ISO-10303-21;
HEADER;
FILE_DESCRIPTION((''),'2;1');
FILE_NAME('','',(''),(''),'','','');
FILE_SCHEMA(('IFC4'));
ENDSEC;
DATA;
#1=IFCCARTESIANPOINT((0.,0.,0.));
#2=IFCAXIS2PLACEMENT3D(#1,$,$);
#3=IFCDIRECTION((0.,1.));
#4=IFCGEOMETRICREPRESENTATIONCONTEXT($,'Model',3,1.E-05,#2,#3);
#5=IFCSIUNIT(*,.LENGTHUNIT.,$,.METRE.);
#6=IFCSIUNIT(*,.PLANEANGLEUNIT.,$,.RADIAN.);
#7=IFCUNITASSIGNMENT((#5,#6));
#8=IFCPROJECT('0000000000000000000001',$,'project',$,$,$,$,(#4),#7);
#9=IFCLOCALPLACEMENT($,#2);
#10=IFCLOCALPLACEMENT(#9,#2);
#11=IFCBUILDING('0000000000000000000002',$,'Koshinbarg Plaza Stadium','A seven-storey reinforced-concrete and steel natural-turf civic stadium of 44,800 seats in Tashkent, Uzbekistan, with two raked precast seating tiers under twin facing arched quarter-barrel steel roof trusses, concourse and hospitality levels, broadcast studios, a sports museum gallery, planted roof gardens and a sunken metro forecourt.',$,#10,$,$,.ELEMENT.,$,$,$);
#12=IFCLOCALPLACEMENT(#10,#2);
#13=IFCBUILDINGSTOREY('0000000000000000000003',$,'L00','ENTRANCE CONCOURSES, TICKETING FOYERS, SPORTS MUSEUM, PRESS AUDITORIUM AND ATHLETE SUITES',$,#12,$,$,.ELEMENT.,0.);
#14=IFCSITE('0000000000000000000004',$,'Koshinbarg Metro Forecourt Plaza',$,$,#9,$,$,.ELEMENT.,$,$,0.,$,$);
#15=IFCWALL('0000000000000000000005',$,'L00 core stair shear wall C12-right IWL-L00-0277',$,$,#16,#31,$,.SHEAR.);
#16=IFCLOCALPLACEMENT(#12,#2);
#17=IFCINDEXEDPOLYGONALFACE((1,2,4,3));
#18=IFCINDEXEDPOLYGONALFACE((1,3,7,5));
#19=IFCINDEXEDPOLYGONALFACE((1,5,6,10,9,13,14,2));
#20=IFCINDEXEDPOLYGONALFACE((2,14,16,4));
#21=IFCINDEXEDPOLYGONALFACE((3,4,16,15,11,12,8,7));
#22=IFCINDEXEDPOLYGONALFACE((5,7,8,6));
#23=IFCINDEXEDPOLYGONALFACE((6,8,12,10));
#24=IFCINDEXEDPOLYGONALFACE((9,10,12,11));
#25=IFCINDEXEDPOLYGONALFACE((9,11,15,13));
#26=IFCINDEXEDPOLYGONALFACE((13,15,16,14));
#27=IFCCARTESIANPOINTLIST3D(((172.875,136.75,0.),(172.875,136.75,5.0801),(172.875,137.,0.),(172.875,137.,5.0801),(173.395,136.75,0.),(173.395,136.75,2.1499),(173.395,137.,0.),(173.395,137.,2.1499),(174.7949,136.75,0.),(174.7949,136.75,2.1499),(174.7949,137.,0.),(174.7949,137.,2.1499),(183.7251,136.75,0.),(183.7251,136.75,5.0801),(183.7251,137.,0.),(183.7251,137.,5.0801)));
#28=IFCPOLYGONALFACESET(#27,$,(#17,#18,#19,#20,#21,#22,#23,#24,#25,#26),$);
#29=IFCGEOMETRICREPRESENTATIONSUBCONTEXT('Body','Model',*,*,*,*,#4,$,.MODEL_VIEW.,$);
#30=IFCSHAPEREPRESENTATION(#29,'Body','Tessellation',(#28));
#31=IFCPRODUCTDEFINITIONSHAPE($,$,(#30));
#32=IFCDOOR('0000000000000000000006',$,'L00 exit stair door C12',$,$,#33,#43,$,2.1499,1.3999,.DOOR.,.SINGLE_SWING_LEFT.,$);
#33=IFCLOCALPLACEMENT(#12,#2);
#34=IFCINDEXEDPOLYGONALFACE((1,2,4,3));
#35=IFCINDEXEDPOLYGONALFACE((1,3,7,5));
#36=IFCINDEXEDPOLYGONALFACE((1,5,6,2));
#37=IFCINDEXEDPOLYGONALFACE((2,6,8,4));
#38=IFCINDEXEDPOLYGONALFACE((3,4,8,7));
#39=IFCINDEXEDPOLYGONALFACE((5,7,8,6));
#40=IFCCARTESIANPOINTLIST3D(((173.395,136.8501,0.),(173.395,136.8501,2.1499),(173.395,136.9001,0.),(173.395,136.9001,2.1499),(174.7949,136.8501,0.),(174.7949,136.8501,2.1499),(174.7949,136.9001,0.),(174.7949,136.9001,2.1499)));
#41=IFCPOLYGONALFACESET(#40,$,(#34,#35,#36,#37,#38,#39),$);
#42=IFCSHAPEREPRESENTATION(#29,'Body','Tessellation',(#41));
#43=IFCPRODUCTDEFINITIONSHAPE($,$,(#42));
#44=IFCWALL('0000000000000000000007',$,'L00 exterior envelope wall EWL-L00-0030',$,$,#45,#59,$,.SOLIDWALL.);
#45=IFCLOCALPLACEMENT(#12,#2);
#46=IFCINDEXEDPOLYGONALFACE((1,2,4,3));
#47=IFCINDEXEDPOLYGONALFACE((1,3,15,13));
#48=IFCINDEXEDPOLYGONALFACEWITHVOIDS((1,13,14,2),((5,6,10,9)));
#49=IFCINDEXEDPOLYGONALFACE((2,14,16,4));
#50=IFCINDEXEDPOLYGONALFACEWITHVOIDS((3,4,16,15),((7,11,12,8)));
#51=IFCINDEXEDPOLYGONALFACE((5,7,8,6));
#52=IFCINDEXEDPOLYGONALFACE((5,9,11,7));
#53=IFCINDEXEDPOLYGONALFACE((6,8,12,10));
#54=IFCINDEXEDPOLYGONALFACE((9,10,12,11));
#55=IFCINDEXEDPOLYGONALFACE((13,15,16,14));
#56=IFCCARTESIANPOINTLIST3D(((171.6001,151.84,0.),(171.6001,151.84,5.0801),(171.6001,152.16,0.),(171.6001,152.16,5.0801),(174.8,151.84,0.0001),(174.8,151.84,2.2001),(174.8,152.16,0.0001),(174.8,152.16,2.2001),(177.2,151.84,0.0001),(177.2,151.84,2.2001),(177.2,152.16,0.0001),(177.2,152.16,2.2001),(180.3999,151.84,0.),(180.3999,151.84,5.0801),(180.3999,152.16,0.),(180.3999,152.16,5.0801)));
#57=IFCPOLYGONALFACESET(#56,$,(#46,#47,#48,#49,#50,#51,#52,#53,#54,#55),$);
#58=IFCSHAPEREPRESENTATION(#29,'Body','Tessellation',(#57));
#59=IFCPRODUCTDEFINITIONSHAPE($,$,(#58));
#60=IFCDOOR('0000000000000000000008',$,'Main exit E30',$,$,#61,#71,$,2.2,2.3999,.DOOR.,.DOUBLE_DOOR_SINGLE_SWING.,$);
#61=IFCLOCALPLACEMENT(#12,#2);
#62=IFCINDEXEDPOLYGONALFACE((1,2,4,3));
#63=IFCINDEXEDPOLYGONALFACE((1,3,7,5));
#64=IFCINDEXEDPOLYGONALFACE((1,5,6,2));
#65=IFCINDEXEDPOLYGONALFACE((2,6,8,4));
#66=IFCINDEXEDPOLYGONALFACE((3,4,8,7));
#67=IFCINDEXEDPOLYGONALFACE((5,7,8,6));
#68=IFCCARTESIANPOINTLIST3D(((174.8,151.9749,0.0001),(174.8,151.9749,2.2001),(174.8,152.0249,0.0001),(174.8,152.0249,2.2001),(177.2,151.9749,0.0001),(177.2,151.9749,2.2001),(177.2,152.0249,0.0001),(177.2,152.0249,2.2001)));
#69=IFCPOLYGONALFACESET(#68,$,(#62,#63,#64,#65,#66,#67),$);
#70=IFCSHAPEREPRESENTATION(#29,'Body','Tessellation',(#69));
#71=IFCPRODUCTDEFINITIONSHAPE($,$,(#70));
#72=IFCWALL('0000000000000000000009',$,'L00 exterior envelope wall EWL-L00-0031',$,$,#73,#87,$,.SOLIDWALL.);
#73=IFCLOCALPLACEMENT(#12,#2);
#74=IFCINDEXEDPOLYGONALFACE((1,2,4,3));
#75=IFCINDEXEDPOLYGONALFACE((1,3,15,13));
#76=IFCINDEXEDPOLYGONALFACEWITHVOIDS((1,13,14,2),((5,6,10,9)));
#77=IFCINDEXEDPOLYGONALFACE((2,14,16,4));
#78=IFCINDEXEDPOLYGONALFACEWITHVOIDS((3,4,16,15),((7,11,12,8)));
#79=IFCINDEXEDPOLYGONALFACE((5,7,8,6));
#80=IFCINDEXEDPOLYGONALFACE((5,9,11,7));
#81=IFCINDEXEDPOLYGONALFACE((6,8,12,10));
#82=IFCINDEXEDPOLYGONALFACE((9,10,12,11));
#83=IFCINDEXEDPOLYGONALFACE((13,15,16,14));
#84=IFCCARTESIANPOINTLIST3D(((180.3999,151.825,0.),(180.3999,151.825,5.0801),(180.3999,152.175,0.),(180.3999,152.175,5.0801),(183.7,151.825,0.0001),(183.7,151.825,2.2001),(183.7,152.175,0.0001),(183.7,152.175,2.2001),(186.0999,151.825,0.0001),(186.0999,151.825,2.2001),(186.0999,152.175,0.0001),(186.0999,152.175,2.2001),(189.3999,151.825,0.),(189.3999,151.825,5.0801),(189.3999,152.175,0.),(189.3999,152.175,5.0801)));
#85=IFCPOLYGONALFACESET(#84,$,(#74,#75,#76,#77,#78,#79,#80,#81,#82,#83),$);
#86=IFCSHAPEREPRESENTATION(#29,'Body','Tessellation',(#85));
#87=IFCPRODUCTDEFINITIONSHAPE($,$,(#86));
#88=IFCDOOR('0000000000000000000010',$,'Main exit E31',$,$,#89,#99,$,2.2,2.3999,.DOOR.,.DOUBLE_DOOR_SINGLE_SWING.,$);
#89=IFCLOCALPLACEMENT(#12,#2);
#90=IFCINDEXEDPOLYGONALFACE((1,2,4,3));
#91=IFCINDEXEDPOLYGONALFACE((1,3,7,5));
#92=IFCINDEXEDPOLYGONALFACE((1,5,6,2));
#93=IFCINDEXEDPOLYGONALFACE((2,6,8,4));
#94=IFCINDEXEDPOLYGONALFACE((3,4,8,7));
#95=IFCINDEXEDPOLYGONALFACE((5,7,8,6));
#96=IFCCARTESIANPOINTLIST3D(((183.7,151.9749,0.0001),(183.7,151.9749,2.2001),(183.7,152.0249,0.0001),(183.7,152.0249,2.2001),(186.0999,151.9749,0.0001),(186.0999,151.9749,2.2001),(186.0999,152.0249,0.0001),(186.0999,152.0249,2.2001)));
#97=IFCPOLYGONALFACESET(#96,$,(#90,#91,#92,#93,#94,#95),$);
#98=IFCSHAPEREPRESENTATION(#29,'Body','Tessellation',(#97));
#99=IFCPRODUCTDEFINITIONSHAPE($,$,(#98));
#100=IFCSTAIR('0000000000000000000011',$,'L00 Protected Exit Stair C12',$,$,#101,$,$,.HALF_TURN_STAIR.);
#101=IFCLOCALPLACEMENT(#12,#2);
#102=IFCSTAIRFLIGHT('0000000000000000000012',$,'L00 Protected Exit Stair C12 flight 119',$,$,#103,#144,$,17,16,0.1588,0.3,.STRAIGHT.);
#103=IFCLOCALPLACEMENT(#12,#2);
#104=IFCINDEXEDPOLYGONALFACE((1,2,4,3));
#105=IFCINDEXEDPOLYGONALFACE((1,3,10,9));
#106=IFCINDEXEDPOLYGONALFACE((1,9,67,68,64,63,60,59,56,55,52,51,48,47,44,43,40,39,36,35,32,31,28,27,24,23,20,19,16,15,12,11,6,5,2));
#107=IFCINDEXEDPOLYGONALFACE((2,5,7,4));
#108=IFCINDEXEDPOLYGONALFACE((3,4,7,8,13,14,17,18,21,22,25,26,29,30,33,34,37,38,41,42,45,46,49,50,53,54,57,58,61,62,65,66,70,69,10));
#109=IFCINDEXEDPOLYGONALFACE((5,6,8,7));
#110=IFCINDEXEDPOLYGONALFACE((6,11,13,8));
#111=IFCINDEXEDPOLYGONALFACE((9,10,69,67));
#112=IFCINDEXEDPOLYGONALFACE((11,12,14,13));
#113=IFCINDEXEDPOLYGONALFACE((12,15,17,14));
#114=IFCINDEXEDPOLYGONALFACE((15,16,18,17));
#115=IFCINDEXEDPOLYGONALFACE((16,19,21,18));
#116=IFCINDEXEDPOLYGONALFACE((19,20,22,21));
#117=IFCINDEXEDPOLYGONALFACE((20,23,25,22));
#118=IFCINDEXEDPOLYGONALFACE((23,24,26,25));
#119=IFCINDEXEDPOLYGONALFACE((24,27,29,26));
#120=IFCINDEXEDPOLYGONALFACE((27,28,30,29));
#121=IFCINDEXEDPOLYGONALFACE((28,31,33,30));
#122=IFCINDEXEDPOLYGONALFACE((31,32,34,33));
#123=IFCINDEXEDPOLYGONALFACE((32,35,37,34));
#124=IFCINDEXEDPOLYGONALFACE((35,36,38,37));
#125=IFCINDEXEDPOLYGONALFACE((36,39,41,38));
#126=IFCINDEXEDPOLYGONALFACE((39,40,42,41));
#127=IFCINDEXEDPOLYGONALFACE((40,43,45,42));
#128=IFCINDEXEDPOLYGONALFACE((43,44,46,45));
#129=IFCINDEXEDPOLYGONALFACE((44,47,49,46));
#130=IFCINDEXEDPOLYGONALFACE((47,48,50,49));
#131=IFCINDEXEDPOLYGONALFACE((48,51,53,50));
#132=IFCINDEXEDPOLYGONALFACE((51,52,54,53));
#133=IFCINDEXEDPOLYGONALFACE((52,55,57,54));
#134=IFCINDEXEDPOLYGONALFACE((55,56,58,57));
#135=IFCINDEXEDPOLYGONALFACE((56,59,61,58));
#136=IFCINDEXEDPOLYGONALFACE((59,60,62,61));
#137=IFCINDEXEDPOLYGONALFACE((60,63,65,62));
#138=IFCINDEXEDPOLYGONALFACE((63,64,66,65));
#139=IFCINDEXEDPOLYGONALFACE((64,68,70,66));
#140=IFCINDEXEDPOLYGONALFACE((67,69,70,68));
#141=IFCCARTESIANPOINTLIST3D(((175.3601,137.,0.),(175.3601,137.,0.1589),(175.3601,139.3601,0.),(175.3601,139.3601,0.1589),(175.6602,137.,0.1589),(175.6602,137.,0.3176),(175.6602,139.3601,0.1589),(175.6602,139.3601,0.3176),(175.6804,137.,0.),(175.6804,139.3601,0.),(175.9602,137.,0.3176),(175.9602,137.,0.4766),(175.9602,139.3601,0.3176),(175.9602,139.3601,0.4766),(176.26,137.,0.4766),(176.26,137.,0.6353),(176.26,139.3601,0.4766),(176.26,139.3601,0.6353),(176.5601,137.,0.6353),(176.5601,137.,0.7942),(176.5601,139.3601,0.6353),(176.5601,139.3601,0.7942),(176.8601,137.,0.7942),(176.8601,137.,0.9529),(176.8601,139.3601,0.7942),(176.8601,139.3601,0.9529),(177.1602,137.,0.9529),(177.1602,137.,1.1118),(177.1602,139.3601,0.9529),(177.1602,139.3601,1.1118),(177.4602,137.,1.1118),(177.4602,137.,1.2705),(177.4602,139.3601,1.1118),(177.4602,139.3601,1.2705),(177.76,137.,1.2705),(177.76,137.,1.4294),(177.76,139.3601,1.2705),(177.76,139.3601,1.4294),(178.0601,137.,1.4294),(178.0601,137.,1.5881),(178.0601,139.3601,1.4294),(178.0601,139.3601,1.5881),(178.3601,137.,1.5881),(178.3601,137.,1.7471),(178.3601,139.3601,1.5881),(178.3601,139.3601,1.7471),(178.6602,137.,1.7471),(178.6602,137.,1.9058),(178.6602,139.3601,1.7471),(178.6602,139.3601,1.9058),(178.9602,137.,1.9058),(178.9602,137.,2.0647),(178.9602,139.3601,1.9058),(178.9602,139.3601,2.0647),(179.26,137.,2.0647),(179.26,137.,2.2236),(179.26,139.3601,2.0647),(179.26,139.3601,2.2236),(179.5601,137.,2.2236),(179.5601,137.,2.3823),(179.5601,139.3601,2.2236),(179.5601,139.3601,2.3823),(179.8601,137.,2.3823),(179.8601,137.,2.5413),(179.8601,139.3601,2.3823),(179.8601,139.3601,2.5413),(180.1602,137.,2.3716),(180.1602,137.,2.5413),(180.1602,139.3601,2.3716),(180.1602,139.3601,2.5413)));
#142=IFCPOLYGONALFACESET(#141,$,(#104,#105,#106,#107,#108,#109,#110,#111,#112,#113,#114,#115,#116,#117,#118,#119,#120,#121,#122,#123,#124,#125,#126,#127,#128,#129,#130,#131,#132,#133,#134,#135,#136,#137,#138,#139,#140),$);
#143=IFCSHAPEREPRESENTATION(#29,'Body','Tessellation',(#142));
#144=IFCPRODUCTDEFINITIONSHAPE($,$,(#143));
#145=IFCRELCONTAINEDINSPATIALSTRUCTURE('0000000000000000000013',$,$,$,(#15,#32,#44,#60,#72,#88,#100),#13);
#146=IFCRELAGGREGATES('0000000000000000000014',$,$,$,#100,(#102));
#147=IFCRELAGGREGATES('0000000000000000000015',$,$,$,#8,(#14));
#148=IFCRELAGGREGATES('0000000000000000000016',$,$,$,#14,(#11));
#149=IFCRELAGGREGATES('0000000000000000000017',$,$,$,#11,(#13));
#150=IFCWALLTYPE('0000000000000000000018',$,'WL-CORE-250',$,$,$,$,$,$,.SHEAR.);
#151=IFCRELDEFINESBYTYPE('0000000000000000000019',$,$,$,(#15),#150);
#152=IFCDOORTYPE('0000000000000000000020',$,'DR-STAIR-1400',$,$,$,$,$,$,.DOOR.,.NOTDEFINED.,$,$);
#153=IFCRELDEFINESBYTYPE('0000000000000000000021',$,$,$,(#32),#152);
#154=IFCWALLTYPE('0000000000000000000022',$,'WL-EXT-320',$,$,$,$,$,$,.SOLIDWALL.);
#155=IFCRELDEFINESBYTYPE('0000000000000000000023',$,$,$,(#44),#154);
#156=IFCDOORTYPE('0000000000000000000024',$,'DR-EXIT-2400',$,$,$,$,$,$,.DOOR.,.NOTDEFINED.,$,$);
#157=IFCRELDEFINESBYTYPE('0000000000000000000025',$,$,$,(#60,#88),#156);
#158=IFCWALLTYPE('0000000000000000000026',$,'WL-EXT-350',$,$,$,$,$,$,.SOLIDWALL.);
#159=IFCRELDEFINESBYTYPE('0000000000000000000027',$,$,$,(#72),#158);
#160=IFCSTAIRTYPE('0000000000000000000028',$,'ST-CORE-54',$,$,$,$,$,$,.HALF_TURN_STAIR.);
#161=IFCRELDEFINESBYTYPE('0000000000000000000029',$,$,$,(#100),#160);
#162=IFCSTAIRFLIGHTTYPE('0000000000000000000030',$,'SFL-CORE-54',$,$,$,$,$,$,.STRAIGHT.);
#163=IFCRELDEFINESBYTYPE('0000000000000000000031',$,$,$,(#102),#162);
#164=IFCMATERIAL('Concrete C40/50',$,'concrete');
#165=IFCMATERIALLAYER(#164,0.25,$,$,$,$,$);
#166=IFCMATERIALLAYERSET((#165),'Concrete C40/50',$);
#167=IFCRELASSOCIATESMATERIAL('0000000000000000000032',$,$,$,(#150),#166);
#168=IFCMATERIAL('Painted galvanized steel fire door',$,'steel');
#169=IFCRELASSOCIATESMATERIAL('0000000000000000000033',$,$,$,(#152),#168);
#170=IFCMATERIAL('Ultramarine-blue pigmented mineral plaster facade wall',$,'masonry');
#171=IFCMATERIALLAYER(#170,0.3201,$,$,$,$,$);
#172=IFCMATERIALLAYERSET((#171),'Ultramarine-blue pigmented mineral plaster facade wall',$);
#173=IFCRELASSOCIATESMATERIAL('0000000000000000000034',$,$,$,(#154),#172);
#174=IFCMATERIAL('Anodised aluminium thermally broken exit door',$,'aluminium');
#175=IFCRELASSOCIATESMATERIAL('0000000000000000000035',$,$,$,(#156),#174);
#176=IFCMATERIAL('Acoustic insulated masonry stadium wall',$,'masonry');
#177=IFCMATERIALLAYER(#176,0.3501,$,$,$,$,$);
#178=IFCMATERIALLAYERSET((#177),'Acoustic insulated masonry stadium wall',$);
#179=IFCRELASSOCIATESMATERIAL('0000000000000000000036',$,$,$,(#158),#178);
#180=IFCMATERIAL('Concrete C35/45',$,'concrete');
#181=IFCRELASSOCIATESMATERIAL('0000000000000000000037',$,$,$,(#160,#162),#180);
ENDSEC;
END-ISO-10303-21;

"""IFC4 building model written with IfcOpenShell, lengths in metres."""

from ifc_helpers import new_model, si_unit, direction, frame, frame_2d, origin, place, context, subcontext, project, spatial, polyline, rectangle, outline, extrude, material, layer, layer_set, type_object, element, fill, aggregate, save


model = new_model("IFC4")

# Units and contexts
model_context = context("Model", 3, precision=1e-05, world=origin(), true_north=direction((0.0, 1.0)))
body_context = subcontext(model_context, "Body", "Model", "MODEL_VIEW")
ifc_project = project(units=[si_unit("LENGTHUNIT", "METRE"), si_unit("PLANEANGLEUNIT", "RADIAN")], contexts=[model_context])

# Site, building, storey
site_placement = place(None, origin())
site = spatial("IfcSite", under=ifc_project, at=site_placement, Name="Koshinbarg Metro Forecourt Plaza", CompositionType="ELEMENT", RefElevation=0.0)
building_placement = place(site_placement, origin())
building = spatial("IfcBuilding", under=site, at=building_placement, Name="Koshinbarg Plaza Stadium", Description="A seven-storey reinforced-concrete and steel natural-turf civic stadium of 44,800 seats in Tashkent, Uzbekistan, with two raked precast seating tiers under twin facing arched quarter-barrel steel roof trusses, concourse and hospitality levels, broadcast studios, a sports museum gallery, planted roof gardens and a sunken metro forecourt.", CompositionType="ELEMENT")
storey_placement = place(building_placement, origin())
storey = spatial("IfcBuildingStorey", under=building, at=storey_placement, Name="L00", Description="ENTRANCE CONCOURSES, TICKETING FOYERS, SPORTS MUSEUM, PRESS AUDITORIUM AND ATHLETE SUITES", CompositionType="ELEMENT", Elevation=0.0)

# Shared definitions
ifc_material_1 = material(Name="Concrete C35/45", Category="concrete")

# Shared definitions
ifc_material_2 = material(Name="Concrete C40/50", Category="concrete")

# Shared definitions
ifc_layer_1 = layer(ifc_material_2, 0.25)
ifc_layer_set_1 = layer_set([ifc_layer_1], Name="Concrete C40/50")
wall_type_1 = type_object("IfcWallType", Name="WL-CORE-250", PredefinedType="SHEAR", material=ifc_layer_set_1)

# Walls, openings, doors
wall_1_placement = place(storey_placement, frame((172.875, 136.875, 0.0), z_axis=(0.0, 0.0, 1.0), x_axis=(1.0, 0.0, 0.0)))
wall_1 = element("IfcWall", 1, at=wall_1_placement, inside=storey, type_object=wall_type_1, Name="L00 core stair shear wall C12-right IWL-L00-0277", PredefinedType="SHEAR", context=body_context, shape_type="SweptSolid", body=[
    extrude(rectangle(XDim=10.8501, YDim=0.25, at=frame_2d((5.425, 0.0))), origin(), (0.0, 0.0, 1.0), 5.0801),
])
opening_1_placement = place(wall_1_placement, frame((0.52, 0.0, 0.0)))
opening_1 = element("IfcOpeningElement", 2, at=opening_1_placement, cuts=wall_1, PredefinedType="OPENING", context=body_context, shape_type="SweptSolid", body=[
    extrude(rectangle(XDim=1.3999, YDim=2.1499, at=frame_2d((0.7, 1.075))), frame((0.0, 0.135, 0.0), z_axis=(0.0, -1.0, 0.0), x_axis=(1.0, 0.0, 0.0)), (0.0, 0.0, 1.0), 0.27),
])
ifc_material_3 = material(Name="Painted galvanized steel fire door", Category="steel")
door_type_1 = type_object("IfcDoorType", Name="DR-STAIR-1400", OperationType="NOTDEFINED", PredefinedType="DOOR", material=ifc_material_3)
door_1_placement = place(opening_1_placement, frame((1.3999, 0.0, 0.0), z_axis=(0.0, 0.0, 1.0), x_axis=(-1.0, 0.0, 0.0)))
door_1 = element("IfcDoor", 3, at=door_1_placement, inside=storey, type_object=door_type_1, Name="L00 exit stair door C12", OperationType="SINGLE_SWING_LEFT", OverallHeight=2.1499, OverallWidth=1.3999, PredefinedType="DOOR", context=body_context, shape_type="SweptSolid", body=[
    extrude(rectangle(XDim=1.3999, YDim=2.1499, at=frame_2d((0.7, 1.075))), frame((0.0, 0.0249, 0.0), z_axis=(0.0, -1.0, 0.0), x_axis=(1.0, 0.0, 0.0)), (0.0, 0.0, 1.0), 0.05),
])
fill(opening_1, door_1)
ifc_material_4 = material(Name="Ultramarine-blue pigmented mineral plaster facade wall", Category="masonry")
ifc_layer_2 = layer(ifc_material_4, 0.3201)
ifc_layer_set_2 = layer_set([ifc_layer_2], Name="Ultramarine-blue pigmented mineral plaster facade wall")
wall_type_2 = type_object("IfcWallType", Name="WL-EXT-320", PredefinedType="SOLIDWALL", material=ifc_layer_set_2)
wall_2_placement = place(storey_placement, frame((171.6001, 152.0, 0.0), z_axis=(0.0, 0.0, 1.0), x_axis=(1.0, 0.0, 0.0)))
wall_2 = element("IfcWall", 4, at=wall_2_placement, inside=storey, type_object=wall_type_2, Name="L00 exterior envelope wall EWL-L00-0030", PredefinedType="SOLIDWALL", context=body_context, shape_type="SweptSolid", body=[
    extrude(rectangle(XDim=8.7998, YDim=0.3201, at=frame_2d((4.3999, 0.0))), origin(), (0.0, 0.0, 1.0), 5.0801),
])
opening_2_placement = place(wall_2_placement, frame((3.2, 0.0, 0.0)))
opening_2 = element("IfcOpeningElement", 5, at=opening_2_placement, cuts=wall_2, PredefinedType="OPENING", context=body_context, shape_type="SweptSolid", body=[
    extrude(rectangle(XDim=2.3999, YDim=2.2, at=frame_2d((1.2, 1.1001))), frame((0.0, 0.1699, 0.0), z_axis=(0.0, -1.0, 0.0), x_axis=(1.0, 0.0, 0.0)), (0.0, 0.0, 1.0), 0.3401),
])
ifc_material_5 = material(Name="Anodised aluminium thermally broken exit door", Category="aluminium")
door_type_2 = type_object("IfcDoorType", Name="DR-EXIT-2400", OperationType="NOTDEFINED", PredefinedType="DOOR", material=ifc_material_5)
door_2_placement = place(opening_2_placement, origin())
door_2 = element("IfcDoor", 6, at=door_2_placement, inside=storey, type_object=door_type_2, Name="Main exit E30", OperationType="DOUBLE_DOOR_SINGLE_SWING", OverallHeight=2.2, OverallWidth=2.3999, PredefinedType="DOOR", context=body_context, shape_type="SweptSolid", body=[
    extrude(rectangle(XDim=2.3999, YDim=2.2, at=frame_2d((1.2, 1.1001))), frame((0.0, 0.0249, 0.0), z_axis=(0.0, -1.0, 0.0), x_axis=(1.0, 0.0, 0.0)), (0.0, 0.0, 1.0), 0.05),
])
fill(opening_2, door_2)
ifc_material_6 = material(Name="Acoustic insulated masonry stadium wall", Category="masonry")
ifc_layer_3 = layer(ifc_material_6, 0.3501)
ifc_layer_set_3 = layer_set([ifc_layer_3], Name="Acoustic insulated masonry stadium wall")
wall_type_3 = type_object("IfcWallType", Name="WL-EXT-350", PredefinedType="SOLIDWALL", material=ifc_layer_set_3)
wall_3_placement = place(storey_placement, frame((180.3999, 152.0, 0.0), z_axis=(0.0, 0.0, 1.0), x_axis=(1.0, 0.0, 0.0)))
wall_3 = element("IfcWall", 7, at=wall_3_placement, inside=storey, type_object=wall_type_3, Name="L00 exterior envelope wall EWL-L00-0031", PredefinedType="SOLIDWALL", context=body_context, shape_type="SweptSolid", body=[
    extrude(rectangle(XDim=9.0, YDim=0.3501, at=frame_2d((4.5, 0.0))), origin(), (0.0, 0.0, 1.0), 5.0801),
])
opening_3_placement = place(wall_3_placement, frame((3.3, 0.0, 0.0)))
opening_3 = element("IfcOpeningElement", 8, at=opening_3_placement, cuts=wall_3, PredefinedType="OPENING", context=body_context, shape_type="SweptSolid", body=[
    extrude(rectangle(XDim=2.3999, YDim=2.2, at=frame_2d((1.2, 1.1001))), frame((0.0, 0.1851, 0.0), z_axis=(0.0, -1.0, 0.0), x_axis=(1.0, 0.0, 0.0)), (0.0, 0.0, 1.0), 0.3701),
])
door_3_placement = place(opening_3_placement, origin())
door_3 = element("IfcDoor", 9, at=door_3_placement, inside=storey, type_object=door_type_2, Name="Main exit E31", OperationType="DOUBLE_DOOR_SINGLE_SWING", OverallHeight=2.2, OverallWidth=2.3999, PredefinedType="DOOR", context=body_context, shape_type="SweptSolid", body=[
    extrude(rectangle(XDim=2.3999, YDim=2.2, at=frame_2d((1.2, 1.1001))), frame((0.0, 0.0249, 0.0), z_axis=(0.0, -1.0, 0.0), x_axis=(1.0, 0.0, 0.0)), (0.0, 0.0, 1.0), 0.05),
])
fill(opening_3, door_3)

# Stair, stair flight
stair_type = type_object("IfcStairType", Name="ST-CORE-54", PredefinedType="HALF_TURN_STAIR", material=ifc_material_1)
stair_placement = place(storey_placement, origin())
stair = element("IfcStair", 10, at=stair_placement, inside=storey, type_object=stair_type, Name="L00 Protected Exit Stair C12", PredefinedType="HALF_TURN_STAIR")
stair_flight_type = type_object("IfcStairFlightType", Name="SFL-CORE-54", PredefinedType="STRAIGHT", material=ifc_material_1)
stair_flight_1_placement = place(storey_placement, frame((175.3601, 138.1799, 0.0), z_axis=(0.0, 0.0, 1.0), x_axis=(1.0, 0.0, 0.0)))
stair_flight_1 = element("IfcStairFlight", 11, at=stair_flight_1_placement, type_object=stair_flight_type, Name="L00 Protected Exit Stair C12 flight 119", NumberOfRisers=17, NumberOfTreads=16, PredefinedType="STRAIGHT", RiserHeight=0.1588, TreadLength=0.3, context=body_context, shape_type="SweptSolid", body=[
    extrude(outline(polyline([(0.0, 0.0), (0.0, 0.1589), (0.3, 0.1589), (0.3, 0.3176), (0.6001, 0.3176), (0.6001, 0.4766), (0.8999, 0.4766), (0.8999, 0.6353), (1.2, 0.6353), (1.2, 0.7942), (1.5, 0.7942), (1.5, 0.9529), (1.8, 0.9529), (1.8, 1.1118), (2.1001, 1.1118), (2.1001, 1.2705), (2.3999, 1.2705), (2.3999, 1.4294), (2.7, 1.4294), (2.7, 1.5881), (3.0, 1.5881), (3.0, 1.7471), (3.3, 1.7471), (3.3, 1.9058), (3.6001, 1.9058), (3.6001, 2.0647), (3.8999, 2.0647), (3.8999, 2.2236), (4.2, 2.2236), (4.2, 2.3823), (4.5, 2.3823), (4.5, 2.5413), (4.8, 2.5413), (4.8, 2.7), (4.8, 2.3716), (0.3203, 0.0), (0.0, 0.0)])), frame((0.0, 1.1802, 0.0), z_axis=(0.0, -1.0, 0.0), x_axis=(1.0, 0.0, 0.0)), (0.0, 0.0, 1.0), 2.3601),
])
aggregate(stair, [stair_flight_1])

save(model, "model.ifc")
